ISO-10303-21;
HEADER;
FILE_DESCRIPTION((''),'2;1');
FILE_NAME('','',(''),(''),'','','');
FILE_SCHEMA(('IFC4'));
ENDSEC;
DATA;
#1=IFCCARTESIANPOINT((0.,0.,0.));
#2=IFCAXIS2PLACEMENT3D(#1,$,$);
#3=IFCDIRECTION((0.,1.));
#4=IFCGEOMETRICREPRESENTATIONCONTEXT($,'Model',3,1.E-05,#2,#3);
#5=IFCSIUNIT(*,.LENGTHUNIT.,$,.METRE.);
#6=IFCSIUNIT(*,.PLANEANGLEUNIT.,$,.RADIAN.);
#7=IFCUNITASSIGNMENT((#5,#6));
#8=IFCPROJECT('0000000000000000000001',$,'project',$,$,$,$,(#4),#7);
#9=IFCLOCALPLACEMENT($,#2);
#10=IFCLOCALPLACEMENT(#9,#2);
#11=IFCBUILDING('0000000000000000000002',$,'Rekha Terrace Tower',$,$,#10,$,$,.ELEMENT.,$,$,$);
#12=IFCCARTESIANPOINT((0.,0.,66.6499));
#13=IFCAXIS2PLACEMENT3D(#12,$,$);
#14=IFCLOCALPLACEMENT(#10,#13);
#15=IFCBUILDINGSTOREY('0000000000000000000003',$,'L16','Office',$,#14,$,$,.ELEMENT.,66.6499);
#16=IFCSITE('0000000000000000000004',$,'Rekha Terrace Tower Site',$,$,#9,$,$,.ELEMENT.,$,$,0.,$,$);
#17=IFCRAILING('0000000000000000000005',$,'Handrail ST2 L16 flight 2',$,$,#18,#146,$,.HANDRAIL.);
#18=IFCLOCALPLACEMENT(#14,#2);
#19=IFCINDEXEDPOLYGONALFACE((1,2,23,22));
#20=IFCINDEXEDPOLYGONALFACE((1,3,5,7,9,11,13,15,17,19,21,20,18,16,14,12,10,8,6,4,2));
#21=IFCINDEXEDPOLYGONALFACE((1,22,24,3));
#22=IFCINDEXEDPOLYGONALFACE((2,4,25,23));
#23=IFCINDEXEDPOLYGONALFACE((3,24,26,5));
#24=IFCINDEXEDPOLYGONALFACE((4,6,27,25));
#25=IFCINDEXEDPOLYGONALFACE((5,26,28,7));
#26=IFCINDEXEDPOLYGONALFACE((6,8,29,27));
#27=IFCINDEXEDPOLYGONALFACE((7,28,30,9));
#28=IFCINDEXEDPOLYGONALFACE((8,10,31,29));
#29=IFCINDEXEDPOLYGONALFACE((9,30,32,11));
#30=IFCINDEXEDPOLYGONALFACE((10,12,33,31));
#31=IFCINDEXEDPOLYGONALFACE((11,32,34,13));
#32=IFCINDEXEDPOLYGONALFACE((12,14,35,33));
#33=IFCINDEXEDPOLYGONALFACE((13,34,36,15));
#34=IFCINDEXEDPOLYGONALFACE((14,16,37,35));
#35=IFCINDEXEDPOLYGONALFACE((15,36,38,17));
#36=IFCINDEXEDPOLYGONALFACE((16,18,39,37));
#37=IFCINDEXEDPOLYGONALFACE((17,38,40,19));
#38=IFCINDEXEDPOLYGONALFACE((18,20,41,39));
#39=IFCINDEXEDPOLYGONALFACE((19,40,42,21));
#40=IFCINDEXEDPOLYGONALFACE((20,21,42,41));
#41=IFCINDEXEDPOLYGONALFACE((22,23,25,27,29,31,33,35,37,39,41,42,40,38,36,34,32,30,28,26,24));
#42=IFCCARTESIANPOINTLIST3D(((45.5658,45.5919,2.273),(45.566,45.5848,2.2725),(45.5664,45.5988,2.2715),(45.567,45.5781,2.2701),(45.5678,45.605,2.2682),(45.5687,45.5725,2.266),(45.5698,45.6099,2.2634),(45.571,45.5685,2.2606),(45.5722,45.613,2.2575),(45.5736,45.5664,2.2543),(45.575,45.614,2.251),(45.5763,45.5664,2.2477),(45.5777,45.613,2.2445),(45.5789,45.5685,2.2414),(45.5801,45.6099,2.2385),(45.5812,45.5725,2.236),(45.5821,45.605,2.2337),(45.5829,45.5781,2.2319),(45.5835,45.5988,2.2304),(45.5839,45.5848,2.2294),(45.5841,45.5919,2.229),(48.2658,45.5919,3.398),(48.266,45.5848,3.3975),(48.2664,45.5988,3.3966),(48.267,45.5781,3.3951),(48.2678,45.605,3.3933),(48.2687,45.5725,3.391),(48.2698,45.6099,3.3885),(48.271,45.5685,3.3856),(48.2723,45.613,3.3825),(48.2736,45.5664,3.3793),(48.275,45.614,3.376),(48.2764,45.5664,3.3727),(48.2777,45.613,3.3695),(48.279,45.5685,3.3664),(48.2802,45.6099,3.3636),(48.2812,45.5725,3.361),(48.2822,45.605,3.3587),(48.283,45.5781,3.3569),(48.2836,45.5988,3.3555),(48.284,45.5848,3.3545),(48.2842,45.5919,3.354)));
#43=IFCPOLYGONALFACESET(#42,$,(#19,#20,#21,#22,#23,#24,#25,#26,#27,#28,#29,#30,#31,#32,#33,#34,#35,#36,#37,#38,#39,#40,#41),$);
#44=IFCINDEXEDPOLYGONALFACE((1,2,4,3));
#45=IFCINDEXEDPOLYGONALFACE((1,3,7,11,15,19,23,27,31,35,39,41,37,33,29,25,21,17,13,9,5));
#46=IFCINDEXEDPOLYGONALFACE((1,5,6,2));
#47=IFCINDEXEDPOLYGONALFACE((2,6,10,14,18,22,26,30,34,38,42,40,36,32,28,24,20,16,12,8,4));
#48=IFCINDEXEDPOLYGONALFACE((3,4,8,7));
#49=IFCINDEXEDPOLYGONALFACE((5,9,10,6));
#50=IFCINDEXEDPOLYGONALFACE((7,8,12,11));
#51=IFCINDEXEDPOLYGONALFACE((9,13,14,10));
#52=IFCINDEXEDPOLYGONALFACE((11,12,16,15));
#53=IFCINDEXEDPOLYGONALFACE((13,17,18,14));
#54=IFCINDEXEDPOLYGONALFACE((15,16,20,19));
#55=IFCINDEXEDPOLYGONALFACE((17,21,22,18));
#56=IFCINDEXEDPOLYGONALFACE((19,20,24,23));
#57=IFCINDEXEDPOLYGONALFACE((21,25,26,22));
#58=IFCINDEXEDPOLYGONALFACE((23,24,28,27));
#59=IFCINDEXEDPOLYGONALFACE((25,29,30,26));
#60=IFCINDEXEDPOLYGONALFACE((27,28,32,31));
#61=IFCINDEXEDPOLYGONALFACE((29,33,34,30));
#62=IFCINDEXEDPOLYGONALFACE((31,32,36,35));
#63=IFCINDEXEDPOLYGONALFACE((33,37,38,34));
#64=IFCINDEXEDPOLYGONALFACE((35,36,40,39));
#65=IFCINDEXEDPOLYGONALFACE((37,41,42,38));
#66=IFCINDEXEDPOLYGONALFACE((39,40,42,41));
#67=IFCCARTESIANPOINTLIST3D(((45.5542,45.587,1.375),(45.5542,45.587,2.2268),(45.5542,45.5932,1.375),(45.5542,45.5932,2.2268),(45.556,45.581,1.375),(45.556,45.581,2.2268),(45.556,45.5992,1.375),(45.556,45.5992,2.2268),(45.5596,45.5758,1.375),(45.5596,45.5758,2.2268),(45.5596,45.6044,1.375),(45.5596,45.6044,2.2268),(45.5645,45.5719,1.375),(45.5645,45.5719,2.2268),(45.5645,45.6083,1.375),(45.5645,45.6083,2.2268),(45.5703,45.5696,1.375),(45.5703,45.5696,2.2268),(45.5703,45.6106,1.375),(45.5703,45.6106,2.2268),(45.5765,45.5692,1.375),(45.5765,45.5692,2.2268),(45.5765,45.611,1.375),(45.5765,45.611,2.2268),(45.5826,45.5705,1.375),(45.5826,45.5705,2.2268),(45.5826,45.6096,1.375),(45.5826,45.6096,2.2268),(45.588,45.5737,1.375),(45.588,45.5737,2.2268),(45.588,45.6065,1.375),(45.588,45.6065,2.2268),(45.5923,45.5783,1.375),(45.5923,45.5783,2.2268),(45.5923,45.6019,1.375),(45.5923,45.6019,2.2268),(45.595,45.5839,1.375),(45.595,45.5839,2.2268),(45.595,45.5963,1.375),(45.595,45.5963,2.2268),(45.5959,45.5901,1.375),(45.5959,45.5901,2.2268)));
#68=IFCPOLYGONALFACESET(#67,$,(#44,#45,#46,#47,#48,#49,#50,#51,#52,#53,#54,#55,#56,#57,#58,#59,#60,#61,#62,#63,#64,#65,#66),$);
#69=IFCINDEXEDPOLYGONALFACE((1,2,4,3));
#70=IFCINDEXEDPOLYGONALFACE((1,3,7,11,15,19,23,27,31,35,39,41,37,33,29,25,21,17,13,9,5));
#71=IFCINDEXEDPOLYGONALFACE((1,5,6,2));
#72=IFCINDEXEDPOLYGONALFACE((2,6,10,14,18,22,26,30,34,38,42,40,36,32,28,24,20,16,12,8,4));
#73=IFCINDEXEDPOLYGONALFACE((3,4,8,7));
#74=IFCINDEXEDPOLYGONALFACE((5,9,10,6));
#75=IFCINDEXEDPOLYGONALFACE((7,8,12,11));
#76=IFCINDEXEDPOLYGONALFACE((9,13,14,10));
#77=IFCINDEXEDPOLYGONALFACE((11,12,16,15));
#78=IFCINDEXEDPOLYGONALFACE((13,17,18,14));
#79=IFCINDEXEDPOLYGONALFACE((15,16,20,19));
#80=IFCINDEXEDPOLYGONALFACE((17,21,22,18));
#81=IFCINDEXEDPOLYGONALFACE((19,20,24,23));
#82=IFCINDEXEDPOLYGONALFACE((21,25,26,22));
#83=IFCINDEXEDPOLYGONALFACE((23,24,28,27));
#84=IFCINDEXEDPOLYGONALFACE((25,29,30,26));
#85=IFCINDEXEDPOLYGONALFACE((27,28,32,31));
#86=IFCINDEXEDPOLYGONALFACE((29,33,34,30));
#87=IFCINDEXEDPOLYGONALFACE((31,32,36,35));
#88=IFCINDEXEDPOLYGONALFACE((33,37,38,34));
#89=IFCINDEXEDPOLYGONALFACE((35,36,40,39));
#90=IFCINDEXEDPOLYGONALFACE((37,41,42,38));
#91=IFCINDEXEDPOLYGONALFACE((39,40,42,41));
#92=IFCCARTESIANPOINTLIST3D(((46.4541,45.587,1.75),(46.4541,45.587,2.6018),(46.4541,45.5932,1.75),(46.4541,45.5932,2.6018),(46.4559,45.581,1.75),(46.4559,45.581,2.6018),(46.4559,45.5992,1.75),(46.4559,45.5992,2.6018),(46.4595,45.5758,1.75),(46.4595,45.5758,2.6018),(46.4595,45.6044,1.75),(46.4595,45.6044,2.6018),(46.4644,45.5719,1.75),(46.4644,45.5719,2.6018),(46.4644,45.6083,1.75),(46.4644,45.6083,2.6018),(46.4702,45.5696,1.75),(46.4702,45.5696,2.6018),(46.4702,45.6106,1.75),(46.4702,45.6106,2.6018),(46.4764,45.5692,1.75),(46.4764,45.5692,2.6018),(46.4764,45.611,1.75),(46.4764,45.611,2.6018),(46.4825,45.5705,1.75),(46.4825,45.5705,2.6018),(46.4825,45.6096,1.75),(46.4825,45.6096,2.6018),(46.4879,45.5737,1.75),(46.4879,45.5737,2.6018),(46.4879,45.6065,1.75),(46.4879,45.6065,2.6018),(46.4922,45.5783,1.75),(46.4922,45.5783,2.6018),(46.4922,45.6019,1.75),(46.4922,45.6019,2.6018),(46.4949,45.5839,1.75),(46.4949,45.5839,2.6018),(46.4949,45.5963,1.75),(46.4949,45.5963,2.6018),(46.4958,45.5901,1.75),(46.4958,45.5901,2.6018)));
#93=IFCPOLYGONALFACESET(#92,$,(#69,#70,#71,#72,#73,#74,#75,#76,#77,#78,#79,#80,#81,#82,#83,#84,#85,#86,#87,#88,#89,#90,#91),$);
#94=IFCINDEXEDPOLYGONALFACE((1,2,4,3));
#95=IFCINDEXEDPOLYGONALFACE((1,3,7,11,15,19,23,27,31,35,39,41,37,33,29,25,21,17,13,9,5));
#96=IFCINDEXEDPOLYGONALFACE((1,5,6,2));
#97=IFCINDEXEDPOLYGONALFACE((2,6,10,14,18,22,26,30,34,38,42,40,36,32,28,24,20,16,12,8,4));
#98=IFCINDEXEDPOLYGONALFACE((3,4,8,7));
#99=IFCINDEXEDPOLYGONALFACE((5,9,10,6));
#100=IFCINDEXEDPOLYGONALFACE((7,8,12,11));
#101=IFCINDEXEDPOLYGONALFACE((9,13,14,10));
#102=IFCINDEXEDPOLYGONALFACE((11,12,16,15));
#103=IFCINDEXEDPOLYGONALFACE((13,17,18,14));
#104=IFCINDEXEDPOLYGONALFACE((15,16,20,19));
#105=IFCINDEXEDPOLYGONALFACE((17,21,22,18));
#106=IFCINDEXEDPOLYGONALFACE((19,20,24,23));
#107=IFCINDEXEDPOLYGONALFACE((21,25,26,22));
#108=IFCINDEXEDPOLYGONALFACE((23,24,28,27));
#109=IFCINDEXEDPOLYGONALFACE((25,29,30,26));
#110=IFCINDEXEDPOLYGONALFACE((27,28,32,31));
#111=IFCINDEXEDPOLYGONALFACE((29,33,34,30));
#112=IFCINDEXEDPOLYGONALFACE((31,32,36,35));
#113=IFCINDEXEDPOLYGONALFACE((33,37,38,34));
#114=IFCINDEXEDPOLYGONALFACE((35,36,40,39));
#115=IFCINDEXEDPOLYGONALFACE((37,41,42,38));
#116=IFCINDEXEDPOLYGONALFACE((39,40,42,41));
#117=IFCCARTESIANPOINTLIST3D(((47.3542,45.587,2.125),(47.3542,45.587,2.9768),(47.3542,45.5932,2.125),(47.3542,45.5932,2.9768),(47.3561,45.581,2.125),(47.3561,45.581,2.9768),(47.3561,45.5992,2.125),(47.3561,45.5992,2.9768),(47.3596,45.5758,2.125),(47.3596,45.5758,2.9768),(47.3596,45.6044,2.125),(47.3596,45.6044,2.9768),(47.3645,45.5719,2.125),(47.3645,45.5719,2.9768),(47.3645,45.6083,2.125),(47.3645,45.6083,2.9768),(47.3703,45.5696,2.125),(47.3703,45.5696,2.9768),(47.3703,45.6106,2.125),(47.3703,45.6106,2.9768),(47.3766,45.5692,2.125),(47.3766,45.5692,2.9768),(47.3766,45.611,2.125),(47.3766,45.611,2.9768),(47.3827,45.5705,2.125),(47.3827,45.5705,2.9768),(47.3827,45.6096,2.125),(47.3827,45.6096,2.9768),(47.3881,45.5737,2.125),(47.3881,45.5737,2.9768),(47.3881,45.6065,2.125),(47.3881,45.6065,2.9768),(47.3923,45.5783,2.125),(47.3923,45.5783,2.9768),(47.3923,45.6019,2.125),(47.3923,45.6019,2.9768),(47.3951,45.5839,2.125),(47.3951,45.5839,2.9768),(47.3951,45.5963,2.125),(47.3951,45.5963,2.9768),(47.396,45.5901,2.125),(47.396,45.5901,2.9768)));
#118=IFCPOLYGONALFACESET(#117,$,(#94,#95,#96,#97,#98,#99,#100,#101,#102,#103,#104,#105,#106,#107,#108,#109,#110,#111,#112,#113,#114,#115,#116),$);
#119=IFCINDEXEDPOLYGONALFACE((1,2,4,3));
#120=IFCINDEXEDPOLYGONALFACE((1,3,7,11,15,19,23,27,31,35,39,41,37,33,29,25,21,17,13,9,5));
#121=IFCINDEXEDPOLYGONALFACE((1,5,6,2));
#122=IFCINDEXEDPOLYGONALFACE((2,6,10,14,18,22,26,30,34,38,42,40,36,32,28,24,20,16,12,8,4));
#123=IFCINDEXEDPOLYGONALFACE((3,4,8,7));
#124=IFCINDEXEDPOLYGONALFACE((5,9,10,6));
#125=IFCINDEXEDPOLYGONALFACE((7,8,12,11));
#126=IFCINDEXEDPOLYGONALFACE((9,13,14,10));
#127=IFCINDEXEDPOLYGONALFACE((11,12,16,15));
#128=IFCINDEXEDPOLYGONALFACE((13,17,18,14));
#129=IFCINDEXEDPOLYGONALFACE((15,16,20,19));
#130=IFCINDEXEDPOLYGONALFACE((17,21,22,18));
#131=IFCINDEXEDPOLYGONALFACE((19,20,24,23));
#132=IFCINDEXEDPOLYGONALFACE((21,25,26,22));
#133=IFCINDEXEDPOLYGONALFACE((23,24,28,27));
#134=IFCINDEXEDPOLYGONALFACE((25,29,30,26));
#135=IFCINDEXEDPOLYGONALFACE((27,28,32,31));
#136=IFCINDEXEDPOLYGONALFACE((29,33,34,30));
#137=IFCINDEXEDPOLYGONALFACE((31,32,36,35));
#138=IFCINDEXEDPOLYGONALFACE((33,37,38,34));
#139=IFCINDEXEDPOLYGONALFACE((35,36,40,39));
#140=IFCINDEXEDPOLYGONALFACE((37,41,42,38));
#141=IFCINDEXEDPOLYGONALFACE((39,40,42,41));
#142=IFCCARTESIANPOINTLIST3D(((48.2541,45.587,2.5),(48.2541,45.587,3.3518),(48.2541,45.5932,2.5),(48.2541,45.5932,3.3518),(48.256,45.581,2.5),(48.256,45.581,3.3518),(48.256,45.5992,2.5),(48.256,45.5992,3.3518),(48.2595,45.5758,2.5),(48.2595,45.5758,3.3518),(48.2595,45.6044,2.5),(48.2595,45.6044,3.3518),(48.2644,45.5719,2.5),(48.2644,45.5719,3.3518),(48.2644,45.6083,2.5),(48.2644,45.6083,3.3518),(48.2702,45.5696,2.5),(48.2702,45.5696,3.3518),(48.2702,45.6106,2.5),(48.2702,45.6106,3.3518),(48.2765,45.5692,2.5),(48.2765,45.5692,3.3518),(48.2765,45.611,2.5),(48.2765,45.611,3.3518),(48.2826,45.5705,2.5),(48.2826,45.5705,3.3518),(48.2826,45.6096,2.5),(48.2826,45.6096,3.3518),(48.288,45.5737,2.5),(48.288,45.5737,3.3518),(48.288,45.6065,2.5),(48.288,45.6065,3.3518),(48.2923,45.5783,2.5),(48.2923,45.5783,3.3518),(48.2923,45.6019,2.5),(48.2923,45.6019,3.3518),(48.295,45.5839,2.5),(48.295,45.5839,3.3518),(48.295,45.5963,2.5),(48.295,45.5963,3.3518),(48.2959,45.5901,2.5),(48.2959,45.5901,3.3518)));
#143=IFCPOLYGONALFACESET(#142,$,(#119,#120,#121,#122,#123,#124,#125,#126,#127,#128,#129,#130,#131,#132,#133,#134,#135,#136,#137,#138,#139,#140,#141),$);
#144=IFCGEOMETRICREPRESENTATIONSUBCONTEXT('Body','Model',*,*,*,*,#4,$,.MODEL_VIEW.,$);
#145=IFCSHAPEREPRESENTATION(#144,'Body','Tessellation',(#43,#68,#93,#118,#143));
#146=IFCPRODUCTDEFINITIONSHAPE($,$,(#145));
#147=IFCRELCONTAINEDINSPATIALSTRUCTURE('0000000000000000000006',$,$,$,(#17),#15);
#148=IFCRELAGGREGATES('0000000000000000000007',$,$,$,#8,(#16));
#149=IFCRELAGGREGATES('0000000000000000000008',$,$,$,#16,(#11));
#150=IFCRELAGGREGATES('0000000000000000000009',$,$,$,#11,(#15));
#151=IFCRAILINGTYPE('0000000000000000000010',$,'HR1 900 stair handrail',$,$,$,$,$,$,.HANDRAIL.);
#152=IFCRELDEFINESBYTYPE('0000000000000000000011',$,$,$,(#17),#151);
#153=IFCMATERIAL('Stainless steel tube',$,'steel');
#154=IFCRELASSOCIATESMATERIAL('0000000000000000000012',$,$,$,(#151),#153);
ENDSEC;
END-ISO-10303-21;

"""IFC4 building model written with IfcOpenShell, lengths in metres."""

from ifc_helpers import new_model, si_unit, direction, frame, origin, origin_2d, place, context, subcontext, project, spatial, circle, extrude, material, type_object, element, save


model = new_model("IFC4")

# Units and contexts
model_context = context("Model", 3, precision=1e-05, world=origin(), true_north=direction((0.0, 1.0)))
body_context = subcontext(model_context, "Body", "Model", "MODEL_VIEW")
ifc_project = project(units=[si_unit("LENGTHUNIT", "METRE"), si_unit("PLANEANGLEUNIT", "RADIAN")], contexts=[model_context])

# Site, building, storey
site_placement = place(None, origin())
site = spatial("IfcSite", under=ifc_project, at=site_placement, Name="Rekha Terrace Tower Site", CompositionType="ELEMENT", RefElevation=0.0)
building_placement = place(site_placement, origin())
building = spatial("IfcBuilding", under=site, at=building_placement, Name="Rekha Terrace Tower", CompositionType="ELEMENT")
storey_placement = place(building_placement, frame((0.0, 0.0, 66.6499)))
storey = spatial("IfcBuildingStorey", under=building, at=storey_placement, Name="L16", Description="Office", CompositionType="ELEMENT", Elevation=66.6499)

# Railing
ifc_material_1 = material(Name="Stainless steel tube", Category="steel")
railing_type_1 = type_object("IfcRailingType", Name="HR1 900 stair handrail", PredefinedType="HANDRAIL", material=ifc_material_1)
railing_1_placement = place(storey_placement, frame((45.575, 45.5901, 1.375)))
element("IfcRailing", 1, at=railing_1_placement, inside=storey, type_object=railing_type_1, Name="Handrail ST2 L16 flight 2", PredefinedType="HANDRAIL", context=body_context, shape_type="SweptSolid", body=[
    extrude(circle(Radius=0.0239, at=origin_2d()), frame((0.0, 0.0, 0.876), z_axis=(0.923074, 0.0, 0.384621), x_axis=(0.0, 1.0, 0.0)), (0.0, 0.0, 1.0), 2.925),
    extrude(circle(Radius=0.021, at=origin_2d()), origin(), (0.0, 0.0, 1.0), 0.8518),
    extrude(circle(Radius=0.021, at=origin_2d()), frame((0.8999, 0.0, 0.375)), (0.0, 0.0, 1.0), 0.8518),
    extrude(circle(Radius=0.021, at=origin_2d()), frame((1.8, 0.0, 0.75)), (0.0, 0.0, 1.0), 0.8518),
    extrude(circle(Radius=0.021, at=origin_2d()), frame((2.7, 0.0, 1.125)), (0.0, 0.0, 1.0), 0.8518),
])

save(model, "model.ifc")
